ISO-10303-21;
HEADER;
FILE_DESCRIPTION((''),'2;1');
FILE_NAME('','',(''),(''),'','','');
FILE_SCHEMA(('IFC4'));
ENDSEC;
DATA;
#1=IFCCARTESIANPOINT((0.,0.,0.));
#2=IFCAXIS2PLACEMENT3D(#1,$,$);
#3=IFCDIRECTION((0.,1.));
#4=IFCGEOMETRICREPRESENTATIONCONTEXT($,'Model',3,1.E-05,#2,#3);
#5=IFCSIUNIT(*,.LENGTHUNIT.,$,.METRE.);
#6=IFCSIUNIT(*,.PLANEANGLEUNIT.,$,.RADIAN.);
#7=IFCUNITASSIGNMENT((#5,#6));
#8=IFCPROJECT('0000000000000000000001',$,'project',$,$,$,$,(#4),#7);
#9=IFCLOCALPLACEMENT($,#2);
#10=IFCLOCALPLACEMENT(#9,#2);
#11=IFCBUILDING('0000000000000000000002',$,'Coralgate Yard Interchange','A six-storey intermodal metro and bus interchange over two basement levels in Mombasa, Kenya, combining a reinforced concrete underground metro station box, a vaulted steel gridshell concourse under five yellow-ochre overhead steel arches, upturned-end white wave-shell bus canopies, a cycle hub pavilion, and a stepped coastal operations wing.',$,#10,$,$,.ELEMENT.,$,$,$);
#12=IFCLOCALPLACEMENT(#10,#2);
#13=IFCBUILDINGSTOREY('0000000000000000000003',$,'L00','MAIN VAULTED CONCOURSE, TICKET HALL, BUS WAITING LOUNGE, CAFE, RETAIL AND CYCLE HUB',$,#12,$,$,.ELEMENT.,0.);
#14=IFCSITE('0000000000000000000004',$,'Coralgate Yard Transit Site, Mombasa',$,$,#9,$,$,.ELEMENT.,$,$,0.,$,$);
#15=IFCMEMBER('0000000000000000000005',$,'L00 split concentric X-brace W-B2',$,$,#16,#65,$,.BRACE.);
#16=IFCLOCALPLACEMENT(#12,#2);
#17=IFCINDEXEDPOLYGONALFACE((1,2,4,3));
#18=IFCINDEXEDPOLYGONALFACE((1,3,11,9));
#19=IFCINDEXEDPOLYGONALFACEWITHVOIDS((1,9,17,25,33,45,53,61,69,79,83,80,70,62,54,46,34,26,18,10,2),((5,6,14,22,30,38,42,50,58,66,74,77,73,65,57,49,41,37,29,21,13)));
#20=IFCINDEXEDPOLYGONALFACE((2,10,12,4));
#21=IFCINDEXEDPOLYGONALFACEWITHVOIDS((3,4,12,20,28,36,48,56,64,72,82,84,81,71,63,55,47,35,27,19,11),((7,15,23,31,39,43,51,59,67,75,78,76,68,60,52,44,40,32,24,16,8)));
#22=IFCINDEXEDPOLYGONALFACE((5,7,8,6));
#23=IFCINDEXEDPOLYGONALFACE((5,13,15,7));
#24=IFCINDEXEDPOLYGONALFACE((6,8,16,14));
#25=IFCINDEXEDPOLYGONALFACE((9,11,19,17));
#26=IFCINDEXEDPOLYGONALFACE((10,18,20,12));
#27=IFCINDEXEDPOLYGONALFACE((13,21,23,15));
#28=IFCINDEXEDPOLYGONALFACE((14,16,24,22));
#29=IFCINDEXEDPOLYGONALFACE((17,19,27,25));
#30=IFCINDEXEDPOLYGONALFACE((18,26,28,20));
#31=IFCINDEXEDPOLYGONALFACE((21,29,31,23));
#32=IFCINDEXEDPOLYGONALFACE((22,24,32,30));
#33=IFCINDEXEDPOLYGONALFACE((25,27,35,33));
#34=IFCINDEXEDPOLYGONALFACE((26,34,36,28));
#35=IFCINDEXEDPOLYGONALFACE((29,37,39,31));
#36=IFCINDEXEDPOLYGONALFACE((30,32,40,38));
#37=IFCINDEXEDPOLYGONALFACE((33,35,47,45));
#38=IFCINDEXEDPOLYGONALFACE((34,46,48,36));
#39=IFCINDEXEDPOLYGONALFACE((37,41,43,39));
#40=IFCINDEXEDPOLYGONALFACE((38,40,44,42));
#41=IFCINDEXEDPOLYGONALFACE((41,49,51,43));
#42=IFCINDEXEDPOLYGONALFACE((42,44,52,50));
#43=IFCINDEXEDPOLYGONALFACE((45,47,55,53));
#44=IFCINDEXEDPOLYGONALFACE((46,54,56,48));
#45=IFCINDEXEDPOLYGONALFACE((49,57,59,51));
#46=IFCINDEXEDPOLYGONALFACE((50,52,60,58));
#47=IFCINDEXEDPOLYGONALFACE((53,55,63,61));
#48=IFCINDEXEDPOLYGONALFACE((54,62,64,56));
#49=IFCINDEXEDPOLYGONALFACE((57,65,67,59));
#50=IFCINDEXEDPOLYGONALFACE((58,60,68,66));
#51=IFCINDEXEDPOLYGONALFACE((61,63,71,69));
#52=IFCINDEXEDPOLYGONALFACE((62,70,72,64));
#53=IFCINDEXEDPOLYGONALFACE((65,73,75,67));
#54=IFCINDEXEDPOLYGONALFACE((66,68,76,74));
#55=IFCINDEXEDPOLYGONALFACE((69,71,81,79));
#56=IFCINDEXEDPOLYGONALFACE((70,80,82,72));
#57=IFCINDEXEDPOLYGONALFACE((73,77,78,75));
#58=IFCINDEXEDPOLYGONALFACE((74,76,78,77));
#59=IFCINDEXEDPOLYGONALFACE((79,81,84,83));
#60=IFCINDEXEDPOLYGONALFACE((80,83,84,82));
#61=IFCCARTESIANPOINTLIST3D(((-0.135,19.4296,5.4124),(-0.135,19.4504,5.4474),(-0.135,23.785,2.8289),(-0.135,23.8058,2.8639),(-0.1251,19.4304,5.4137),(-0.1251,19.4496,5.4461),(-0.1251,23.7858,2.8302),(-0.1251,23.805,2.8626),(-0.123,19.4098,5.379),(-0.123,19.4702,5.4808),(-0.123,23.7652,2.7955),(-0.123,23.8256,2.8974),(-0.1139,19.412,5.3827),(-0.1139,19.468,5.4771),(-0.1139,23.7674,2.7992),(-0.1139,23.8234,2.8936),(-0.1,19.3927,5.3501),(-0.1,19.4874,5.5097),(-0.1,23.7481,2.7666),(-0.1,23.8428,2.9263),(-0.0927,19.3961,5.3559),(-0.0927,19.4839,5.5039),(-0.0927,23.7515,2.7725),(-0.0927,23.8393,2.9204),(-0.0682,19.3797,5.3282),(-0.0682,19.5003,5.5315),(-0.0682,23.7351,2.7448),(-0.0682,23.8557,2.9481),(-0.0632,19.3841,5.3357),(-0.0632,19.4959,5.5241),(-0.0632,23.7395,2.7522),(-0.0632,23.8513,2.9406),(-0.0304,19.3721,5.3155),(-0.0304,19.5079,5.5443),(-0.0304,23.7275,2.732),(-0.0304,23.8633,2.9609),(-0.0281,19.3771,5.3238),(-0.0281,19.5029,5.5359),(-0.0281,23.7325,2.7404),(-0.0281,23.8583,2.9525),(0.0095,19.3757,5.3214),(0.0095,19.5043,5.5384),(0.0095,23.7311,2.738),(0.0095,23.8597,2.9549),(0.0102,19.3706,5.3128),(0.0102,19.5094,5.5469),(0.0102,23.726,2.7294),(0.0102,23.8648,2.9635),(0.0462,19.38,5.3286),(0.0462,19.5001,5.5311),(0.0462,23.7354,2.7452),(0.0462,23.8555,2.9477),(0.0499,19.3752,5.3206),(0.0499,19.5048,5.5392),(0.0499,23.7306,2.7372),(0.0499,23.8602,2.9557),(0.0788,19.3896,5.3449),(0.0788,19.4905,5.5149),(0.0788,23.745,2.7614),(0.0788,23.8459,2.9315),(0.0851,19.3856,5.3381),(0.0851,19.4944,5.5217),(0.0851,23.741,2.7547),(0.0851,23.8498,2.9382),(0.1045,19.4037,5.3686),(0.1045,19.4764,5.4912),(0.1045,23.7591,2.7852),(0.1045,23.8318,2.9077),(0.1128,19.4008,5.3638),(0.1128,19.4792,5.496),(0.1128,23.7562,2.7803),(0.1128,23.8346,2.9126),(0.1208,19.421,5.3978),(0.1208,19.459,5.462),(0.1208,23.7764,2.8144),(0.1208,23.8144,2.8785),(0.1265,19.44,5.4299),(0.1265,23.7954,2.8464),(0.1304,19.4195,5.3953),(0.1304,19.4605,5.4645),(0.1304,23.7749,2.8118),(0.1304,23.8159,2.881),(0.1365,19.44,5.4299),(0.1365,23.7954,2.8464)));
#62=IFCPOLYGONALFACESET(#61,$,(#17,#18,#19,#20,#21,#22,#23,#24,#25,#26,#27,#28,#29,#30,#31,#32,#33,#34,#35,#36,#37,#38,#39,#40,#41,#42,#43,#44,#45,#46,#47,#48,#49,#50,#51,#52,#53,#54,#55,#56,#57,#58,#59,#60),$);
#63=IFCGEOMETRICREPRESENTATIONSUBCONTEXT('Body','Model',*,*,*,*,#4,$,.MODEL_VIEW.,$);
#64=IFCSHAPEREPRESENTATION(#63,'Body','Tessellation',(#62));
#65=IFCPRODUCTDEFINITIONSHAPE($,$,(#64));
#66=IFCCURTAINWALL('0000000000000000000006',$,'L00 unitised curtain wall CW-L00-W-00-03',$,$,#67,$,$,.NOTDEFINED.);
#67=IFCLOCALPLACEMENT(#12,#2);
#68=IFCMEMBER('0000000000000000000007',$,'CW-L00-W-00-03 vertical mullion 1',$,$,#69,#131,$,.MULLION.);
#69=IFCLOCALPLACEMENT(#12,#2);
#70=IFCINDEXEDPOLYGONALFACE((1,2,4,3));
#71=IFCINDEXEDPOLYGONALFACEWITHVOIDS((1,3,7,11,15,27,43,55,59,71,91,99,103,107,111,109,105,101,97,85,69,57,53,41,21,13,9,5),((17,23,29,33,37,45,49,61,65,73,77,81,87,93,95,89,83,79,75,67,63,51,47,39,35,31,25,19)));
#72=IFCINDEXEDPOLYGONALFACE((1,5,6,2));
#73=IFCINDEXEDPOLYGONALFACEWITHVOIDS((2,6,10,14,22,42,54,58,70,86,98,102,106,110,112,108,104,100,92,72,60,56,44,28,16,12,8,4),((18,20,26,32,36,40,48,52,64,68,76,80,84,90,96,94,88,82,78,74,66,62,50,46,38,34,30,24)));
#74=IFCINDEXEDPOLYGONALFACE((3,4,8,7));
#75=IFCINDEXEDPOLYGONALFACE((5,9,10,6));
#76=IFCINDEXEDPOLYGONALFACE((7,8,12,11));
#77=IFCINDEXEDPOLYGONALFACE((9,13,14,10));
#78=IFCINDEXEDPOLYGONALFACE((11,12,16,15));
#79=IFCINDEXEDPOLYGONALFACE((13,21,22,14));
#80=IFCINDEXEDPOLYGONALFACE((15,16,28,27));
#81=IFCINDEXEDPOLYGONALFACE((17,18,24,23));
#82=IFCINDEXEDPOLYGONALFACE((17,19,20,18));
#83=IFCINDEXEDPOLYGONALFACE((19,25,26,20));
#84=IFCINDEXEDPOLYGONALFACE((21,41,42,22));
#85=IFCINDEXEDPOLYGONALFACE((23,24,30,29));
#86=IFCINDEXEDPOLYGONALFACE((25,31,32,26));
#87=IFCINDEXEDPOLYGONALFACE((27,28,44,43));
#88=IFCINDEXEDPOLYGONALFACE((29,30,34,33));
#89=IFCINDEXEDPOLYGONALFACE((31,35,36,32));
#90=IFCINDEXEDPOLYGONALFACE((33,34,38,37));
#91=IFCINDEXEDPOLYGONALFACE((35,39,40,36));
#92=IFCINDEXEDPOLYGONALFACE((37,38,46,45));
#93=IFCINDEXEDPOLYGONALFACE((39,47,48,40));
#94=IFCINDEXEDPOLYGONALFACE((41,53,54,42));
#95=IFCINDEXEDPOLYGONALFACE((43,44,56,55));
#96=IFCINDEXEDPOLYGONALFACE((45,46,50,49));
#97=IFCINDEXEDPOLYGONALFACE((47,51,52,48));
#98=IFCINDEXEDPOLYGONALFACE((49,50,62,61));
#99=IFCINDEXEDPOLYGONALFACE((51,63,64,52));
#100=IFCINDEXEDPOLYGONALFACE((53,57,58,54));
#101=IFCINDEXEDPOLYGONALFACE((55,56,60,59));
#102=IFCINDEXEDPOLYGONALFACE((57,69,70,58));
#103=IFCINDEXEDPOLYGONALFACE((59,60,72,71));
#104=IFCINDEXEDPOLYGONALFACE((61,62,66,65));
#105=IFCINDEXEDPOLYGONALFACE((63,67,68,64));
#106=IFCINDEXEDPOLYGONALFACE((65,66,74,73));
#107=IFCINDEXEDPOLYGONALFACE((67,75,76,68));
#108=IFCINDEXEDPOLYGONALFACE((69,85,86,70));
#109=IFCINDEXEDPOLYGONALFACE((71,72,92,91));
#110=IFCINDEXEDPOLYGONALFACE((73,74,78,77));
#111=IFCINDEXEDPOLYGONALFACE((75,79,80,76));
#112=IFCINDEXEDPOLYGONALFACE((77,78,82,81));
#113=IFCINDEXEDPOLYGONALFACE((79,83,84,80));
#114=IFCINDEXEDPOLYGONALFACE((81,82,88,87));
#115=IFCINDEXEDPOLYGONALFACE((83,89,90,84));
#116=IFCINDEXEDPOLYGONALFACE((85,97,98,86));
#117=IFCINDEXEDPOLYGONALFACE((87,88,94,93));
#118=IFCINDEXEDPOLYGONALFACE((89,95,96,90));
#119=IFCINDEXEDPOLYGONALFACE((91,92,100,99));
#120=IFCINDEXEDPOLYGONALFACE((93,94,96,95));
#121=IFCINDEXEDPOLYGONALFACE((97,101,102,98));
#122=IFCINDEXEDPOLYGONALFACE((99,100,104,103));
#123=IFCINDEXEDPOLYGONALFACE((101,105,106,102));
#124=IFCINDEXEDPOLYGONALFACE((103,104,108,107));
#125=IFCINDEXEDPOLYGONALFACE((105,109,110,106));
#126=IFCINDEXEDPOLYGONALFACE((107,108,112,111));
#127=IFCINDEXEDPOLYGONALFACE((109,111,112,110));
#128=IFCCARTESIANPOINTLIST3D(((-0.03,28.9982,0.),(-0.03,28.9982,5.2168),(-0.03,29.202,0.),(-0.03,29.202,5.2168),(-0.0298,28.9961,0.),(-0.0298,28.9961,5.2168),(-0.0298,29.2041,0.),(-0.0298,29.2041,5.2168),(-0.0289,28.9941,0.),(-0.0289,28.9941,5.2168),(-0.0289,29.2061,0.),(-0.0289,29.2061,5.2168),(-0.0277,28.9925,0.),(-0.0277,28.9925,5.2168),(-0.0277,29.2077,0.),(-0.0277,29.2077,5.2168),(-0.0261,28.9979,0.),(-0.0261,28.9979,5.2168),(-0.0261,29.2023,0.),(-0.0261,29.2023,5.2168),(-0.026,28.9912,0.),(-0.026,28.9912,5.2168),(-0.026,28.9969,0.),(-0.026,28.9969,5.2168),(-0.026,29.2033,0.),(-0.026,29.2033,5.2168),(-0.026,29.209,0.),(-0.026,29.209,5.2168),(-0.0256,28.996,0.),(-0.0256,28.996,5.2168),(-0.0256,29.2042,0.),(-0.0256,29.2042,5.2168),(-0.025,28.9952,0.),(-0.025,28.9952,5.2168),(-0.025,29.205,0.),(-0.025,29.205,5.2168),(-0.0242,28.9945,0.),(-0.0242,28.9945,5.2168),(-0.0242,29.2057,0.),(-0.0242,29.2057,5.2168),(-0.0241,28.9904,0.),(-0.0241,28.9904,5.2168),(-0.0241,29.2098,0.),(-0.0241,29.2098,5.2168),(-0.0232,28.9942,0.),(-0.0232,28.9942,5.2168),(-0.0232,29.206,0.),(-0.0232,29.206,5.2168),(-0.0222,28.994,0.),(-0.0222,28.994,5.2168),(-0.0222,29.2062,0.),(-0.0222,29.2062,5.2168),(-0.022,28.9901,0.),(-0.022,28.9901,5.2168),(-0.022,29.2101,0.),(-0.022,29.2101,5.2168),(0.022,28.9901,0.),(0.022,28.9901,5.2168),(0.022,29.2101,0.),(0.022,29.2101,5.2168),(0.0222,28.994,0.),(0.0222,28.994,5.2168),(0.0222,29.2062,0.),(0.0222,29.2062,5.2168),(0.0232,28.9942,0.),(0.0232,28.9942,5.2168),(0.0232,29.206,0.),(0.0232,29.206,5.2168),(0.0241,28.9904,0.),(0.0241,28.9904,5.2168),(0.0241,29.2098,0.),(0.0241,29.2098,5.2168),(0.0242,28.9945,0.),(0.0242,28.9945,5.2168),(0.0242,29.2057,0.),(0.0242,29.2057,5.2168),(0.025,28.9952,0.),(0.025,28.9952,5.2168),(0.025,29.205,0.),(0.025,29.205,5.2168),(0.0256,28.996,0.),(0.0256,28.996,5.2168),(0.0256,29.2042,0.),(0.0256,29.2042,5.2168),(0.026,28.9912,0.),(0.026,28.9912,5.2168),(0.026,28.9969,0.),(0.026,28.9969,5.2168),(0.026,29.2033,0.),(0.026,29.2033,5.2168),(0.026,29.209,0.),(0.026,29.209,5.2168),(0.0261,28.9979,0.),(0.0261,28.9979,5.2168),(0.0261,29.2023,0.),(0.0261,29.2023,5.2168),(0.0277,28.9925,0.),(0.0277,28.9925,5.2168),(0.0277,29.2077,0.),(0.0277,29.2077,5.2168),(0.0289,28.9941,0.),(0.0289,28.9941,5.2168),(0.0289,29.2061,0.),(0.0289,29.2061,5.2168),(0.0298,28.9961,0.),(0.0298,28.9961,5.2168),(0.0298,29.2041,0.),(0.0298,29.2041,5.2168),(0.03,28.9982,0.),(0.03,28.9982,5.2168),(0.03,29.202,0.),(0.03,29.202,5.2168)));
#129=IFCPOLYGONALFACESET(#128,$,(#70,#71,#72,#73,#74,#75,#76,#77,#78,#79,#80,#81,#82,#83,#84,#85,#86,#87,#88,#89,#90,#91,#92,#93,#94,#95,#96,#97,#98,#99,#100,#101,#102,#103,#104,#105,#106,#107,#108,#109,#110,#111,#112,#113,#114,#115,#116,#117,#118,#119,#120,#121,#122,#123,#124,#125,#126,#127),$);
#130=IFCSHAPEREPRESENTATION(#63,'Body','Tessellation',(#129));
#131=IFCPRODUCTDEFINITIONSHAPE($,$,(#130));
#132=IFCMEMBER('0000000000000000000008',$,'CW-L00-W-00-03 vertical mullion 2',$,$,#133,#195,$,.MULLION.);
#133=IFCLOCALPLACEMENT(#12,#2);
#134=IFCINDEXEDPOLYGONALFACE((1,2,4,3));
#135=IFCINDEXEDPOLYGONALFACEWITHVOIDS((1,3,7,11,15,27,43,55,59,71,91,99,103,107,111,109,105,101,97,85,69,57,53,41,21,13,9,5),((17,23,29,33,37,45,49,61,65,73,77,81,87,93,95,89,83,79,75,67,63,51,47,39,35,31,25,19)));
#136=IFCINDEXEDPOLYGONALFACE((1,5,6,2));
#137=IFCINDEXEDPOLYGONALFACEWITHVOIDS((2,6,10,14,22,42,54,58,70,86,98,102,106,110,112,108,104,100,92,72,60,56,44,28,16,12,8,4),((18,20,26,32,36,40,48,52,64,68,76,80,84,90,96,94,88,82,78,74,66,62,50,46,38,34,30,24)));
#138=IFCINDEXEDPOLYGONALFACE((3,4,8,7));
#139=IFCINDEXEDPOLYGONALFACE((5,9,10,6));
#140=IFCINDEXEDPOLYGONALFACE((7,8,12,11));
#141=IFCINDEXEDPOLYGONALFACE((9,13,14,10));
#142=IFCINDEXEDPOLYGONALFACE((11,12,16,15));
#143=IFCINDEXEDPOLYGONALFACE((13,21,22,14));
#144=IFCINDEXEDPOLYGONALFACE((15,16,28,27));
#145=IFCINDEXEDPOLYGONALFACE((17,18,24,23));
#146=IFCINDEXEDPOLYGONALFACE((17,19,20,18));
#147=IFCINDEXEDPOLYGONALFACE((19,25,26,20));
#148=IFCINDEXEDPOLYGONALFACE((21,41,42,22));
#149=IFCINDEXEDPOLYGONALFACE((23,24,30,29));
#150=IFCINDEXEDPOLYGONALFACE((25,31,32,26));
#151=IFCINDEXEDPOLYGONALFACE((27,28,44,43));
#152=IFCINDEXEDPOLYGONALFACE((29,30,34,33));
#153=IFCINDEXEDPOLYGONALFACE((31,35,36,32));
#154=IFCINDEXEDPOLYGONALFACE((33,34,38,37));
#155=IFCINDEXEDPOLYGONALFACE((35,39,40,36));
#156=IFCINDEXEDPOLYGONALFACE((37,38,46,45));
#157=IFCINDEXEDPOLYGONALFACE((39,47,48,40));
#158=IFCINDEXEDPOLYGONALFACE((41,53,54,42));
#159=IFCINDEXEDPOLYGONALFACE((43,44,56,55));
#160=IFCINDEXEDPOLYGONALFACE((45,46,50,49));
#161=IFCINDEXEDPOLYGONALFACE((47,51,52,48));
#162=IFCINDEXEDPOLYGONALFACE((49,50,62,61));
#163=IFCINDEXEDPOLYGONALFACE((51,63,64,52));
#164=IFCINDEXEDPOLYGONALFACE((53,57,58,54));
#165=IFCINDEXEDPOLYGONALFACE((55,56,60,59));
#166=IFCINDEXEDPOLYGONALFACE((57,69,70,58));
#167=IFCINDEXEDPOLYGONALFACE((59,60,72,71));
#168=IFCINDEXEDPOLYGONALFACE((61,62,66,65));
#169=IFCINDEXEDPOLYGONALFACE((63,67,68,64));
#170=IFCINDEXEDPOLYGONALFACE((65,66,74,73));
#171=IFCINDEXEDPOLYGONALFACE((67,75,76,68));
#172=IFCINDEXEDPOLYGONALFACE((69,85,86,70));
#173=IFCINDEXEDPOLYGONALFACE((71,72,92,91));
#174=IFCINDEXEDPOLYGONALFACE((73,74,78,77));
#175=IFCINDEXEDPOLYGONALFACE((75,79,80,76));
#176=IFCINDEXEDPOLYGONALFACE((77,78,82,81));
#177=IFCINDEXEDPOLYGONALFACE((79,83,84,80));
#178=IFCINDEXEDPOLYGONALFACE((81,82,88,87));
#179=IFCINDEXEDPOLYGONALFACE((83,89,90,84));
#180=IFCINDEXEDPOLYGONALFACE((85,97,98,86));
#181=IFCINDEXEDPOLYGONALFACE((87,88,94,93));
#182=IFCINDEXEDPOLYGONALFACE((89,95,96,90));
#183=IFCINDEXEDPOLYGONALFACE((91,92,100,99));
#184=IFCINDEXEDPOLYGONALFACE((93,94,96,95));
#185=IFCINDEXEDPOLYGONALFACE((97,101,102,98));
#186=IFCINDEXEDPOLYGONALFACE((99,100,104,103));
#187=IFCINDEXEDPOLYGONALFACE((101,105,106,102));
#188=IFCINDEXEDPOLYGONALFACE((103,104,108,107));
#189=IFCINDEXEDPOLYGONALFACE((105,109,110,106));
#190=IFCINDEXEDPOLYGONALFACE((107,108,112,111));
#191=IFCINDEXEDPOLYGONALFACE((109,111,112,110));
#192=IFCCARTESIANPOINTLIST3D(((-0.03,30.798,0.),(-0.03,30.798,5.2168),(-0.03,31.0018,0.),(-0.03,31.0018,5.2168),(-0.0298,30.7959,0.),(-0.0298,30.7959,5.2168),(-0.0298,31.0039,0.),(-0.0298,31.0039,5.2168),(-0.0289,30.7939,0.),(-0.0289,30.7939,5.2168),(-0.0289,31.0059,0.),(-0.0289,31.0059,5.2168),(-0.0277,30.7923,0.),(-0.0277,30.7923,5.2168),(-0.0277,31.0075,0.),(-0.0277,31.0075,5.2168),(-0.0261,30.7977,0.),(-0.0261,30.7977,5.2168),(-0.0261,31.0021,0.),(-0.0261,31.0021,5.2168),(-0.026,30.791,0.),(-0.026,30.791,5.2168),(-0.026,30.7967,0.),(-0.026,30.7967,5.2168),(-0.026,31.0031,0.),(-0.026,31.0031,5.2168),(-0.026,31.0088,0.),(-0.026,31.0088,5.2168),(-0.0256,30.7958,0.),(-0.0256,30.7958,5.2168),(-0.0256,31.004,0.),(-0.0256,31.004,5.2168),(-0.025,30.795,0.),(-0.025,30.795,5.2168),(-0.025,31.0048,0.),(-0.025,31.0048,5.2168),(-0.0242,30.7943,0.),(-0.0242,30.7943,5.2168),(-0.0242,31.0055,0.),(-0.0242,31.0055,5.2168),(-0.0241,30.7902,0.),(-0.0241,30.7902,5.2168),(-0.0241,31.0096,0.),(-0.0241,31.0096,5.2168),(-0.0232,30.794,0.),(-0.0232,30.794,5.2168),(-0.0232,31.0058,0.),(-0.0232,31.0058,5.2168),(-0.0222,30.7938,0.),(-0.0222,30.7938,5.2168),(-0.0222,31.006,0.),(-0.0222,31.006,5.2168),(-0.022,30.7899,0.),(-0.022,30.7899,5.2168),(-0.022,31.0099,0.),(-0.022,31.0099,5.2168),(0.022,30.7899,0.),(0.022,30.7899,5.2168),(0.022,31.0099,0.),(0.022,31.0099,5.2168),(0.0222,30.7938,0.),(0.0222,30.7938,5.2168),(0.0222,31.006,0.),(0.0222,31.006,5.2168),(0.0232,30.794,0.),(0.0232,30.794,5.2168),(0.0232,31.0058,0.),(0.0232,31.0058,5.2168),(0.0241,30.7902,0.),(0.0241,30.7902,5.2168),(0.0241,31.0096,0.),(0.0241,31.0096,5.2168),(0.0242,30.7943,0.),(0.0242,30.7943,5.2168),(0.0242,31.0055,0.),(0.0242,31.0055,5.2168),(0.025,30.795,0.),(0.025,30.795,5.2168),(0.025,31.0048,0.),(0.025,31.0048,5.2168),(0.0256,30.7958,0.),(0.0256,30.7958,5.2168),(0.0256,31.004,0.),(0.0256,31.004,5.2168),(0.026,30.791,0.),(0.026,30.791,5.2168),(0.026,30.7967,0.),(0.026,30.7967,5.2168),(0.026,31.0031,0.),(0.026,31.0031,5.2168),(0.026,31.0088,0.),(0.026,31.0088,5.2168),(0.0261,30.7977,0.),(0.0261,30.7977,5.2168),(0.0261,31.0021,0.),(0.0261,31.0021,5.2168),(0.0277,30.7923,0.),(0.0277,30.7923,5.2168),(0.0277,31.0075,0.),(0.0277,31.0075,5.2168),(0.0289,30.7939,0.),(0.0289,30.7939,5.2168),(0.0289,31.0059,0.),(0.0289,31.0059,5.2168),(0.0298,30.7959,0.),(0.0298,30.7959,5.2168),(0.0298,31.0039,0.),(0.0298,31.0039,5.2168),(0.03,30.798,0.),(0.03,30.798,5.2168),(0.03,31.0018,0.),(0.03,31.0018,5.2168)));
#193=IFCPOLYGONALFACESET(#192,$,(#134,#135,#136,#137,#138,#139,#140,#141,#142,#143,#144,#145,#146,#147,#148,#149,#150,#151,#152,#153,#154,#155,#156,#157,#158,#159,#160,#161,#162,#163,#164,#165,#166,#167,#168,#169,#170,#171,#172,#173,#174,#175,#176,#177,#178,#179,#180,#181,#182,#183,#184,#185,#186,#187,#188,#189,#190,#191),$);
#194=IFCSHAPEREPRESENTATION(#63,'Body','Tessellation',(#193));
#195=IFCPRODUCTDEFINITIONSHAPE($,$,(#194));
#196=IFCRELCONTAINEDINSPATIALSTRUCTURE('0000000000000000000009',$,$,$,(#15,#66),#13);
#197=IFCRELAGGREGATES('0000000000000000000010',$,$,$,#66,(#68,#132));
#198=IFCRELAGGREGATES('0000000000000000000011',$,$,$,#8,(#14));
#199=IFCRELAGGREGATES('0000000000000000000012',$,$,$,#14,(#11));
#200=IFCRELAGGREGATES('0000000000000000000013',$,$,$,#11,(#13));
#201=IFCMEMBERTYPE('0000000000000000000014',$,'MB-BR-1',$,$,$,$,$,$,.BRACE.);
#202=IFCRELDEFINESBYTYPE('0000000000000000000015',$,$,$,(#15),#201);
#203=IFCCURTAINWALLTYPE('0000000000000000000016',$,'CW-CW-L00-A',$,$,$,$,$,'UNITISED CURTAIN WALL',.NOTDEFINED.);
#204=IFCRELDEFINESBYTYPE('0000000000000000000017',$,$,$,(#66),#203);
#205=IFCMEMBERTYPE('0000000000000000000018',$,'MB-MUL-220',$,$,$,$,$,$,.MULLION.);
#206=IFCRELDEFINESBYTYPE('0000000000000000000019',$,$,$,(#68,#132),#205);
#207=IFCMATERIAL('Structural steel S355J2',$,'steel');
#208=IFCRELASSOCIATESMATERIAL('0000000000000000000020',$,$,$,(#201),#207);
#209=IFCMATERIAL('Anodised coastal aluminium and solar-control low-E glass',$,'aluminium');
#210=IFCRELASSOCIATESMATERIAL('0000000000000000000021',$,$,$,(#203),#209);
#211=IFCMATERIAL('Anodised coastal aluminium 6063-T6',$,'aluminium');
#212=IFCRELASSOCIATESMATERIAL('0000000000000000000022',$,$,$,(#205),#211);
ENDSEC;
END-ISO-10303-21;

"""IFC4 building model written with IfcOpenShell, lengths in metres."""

from ifc_helpers import new_model, si_unit, direction, frame, origin, origin_2d, place, context, subcontext, project, spatial, hollow_rectangle, hollow_circle, extrude, material, material_profile, profile_set, type_object, element, aggregate, save


model = new_model("IFC4")

# Units and contexts
model_context = context("Model", 3, precision=1e-05, world=origin(), true_north=direction((0.0, 1.0)))
body_context = subcontext(model_context, "Body", "Model", "MODEL_VIEW")
ifc_project = project(units=[si_unit("LENGTHUNIT", "METRE"), si_unit("PLANEANGLEUNIT", "RADIAN")], contexts=[model_context])

# Site, building, storey
site_placement = place(None, origin())
site = spatial("IfcSite", under=ifc_project, at=site_placement, Name="Coralgate Yard Transit Site, Mombasa", CompositionType="ELEMENT", RefElevation=0.0)
building_placement = place(site_placement, origin())
building = spatial("IfcBuilding", under=site, at=building_placement, Name="Coralgate Yard Interchange", Description="A six-storey intermodal metro and bus interchange over two basement levels in Mombasa, Kenya, combining a reinforced concrete underground metro station box, a vaulted steel gridshell concourse under five yellow-ochre overhead steel arches, upturned-end white wave-shell bus canopies, a cycle hub pavilion, and a stepped coastal operations wing.", CompositionType="ELEMENT")
storey_placement = place(building_placement, origin())
storey = spatial("IfcBuildingStorey", under=building, at=storey_placement, Name="L00", Description="MAIN VAULTED CONCOURSE, TICKET HALL, BUS WAITING LOUNGE, CAFE, RETAIL AND CYCLE HUB", CompositionType="ELEMENT", Elevation=0.0)

# Shared definitions
ifc_material_1 = material(Name="Structural steel S355J2", Category="steel")

# Member
ifc_material_profile_1 = material_profile(ifc_material_1, hollow_circle(Radius=0.1365, WallThickness=0.01, at=origin_2d()), Name="CHS 273x10")
ifc_profile_set_1 = profile_set([ifc_material_profile_1], Name="Structural steel S355J2")
member_type_1 = type_object("IfcMemberType", Name="MB-BR-1", PredefinedType="BRACE", material=ifc_profile_set_1)
for number, where, z_axis, x_axis, name in (
    (1, (0.0, 23.7954, 2.8464), (0.0, -0.860077, 0.510164), (1.0, 0.0, 0.0), "L00 split concentric X-brace W-B2"),
):
    element("IfcMember", number, at=place(storey_placement, frame(where, z_axis=z_axis, x_axis=x_axis)), inside=storey, type_object=member_type_1, Name=name, PredefinedType="BRACE", context=body_context, shape_type="SweptSolid", body=[
        extrude(hollow_circle(Radius=0.1365, WallThickness=0.01, at=origin_2d()), origin(), (0.0, 0.0, 1.0), 5.064),
    ])

# Curtain wall, members
ifc_material_2 = material(Name="Anodised coastal aluminium and solar-control low-E glass", Category="aluminium")
curtain_wall_type = type_object("IfcCurtainWallType", Name="CW-CW-L00-A", ElementType="UNITISED CURTAIN WALL", PredefinedType="NOTDEFINED", material=ifc_material_2)
curtain_wall_placement = place(storey_placement, origin())
curtain_wall = element("IfcCurtainWall", 2, at=curtain_wall_placement, inside=storey, type_object=curtain_wall_type, Name="L00 unitised curtain wall CW-L00-W-00-03", PredefinedType="NOTDEFINED")
ifc_material_3 = material(Name="Anodised coastal aluminium 6063-T6", Category="aluminium")
ifc_material_profile_2 = material_profile(ifc_material_3, hollow_rectangle(XDim=0.0601, YDim=0.22, WallThickness=0.0039, InnerFilletRadius=0.0039, OuterFilletRadius=0.0081, at=origin_2d()), Name="ALU 60x220x4")
ifc_profile_set_2 = profile_set([ifc_material_profile_2], Name="Anodised coastal aluminium 6063-T6")
member_type_2 = type_object("IfcMemberType", Name="MB-MUL-220", PredefinedType="MULLION", material=ifc_profile_set_2)
member_1_placement = place(storey_placement, frame((0.0, 29.1001, 0.0), z_axis=(0.0, 0.0, 1.0), x_axis=(1.0, 0.0, 0.0)))
member_1 = element("IfcMember", 3, at=member_1_placement, type_object=member_type_2, Name="CW-L00-W-00-03 vertical mullion 1", PredefinedType="MULLION", context=body_context, shape_type="SweptSolid", body=[
    extrude(hollow_rectangle(XDim=0.0601, YDim=0.22, WallThickness=0.0039, InnerFilletRadius=0.0039, OuterFilletRadius=0.0081, at=origin_2d()), origin(), (0.0, 0.0, 1.0), 5.2168),
])
member_2_placement = place(storey_placement, frame((0.0, 30.8999, 0.0), z_axis=(0.0, 0.0, 1.0), x_axis=(1.0, 0.0, 0.0)))
member_2 = element("IfcMember", 4, at=member_2_placement, type_object=member_type_2, Name="CW-L00-W-00-03 vertical mullion 2", PredefinedType="MULLION", context=body_context, shape_type="SweptSolid", body=[
    extrude(hollow_rectangle(XDim=0.0601, YDim=0.22, WallThickness=0.0039, InnerFilletRadius=0.0039, OuterFilletRadius=0.0081, at=origin_2d()), origin(), (0.0, 0.0, 1.0), 5.2168),
])
aggregate(curtain_wall, [member_1, member_2])

save(model, "model.ifc")
